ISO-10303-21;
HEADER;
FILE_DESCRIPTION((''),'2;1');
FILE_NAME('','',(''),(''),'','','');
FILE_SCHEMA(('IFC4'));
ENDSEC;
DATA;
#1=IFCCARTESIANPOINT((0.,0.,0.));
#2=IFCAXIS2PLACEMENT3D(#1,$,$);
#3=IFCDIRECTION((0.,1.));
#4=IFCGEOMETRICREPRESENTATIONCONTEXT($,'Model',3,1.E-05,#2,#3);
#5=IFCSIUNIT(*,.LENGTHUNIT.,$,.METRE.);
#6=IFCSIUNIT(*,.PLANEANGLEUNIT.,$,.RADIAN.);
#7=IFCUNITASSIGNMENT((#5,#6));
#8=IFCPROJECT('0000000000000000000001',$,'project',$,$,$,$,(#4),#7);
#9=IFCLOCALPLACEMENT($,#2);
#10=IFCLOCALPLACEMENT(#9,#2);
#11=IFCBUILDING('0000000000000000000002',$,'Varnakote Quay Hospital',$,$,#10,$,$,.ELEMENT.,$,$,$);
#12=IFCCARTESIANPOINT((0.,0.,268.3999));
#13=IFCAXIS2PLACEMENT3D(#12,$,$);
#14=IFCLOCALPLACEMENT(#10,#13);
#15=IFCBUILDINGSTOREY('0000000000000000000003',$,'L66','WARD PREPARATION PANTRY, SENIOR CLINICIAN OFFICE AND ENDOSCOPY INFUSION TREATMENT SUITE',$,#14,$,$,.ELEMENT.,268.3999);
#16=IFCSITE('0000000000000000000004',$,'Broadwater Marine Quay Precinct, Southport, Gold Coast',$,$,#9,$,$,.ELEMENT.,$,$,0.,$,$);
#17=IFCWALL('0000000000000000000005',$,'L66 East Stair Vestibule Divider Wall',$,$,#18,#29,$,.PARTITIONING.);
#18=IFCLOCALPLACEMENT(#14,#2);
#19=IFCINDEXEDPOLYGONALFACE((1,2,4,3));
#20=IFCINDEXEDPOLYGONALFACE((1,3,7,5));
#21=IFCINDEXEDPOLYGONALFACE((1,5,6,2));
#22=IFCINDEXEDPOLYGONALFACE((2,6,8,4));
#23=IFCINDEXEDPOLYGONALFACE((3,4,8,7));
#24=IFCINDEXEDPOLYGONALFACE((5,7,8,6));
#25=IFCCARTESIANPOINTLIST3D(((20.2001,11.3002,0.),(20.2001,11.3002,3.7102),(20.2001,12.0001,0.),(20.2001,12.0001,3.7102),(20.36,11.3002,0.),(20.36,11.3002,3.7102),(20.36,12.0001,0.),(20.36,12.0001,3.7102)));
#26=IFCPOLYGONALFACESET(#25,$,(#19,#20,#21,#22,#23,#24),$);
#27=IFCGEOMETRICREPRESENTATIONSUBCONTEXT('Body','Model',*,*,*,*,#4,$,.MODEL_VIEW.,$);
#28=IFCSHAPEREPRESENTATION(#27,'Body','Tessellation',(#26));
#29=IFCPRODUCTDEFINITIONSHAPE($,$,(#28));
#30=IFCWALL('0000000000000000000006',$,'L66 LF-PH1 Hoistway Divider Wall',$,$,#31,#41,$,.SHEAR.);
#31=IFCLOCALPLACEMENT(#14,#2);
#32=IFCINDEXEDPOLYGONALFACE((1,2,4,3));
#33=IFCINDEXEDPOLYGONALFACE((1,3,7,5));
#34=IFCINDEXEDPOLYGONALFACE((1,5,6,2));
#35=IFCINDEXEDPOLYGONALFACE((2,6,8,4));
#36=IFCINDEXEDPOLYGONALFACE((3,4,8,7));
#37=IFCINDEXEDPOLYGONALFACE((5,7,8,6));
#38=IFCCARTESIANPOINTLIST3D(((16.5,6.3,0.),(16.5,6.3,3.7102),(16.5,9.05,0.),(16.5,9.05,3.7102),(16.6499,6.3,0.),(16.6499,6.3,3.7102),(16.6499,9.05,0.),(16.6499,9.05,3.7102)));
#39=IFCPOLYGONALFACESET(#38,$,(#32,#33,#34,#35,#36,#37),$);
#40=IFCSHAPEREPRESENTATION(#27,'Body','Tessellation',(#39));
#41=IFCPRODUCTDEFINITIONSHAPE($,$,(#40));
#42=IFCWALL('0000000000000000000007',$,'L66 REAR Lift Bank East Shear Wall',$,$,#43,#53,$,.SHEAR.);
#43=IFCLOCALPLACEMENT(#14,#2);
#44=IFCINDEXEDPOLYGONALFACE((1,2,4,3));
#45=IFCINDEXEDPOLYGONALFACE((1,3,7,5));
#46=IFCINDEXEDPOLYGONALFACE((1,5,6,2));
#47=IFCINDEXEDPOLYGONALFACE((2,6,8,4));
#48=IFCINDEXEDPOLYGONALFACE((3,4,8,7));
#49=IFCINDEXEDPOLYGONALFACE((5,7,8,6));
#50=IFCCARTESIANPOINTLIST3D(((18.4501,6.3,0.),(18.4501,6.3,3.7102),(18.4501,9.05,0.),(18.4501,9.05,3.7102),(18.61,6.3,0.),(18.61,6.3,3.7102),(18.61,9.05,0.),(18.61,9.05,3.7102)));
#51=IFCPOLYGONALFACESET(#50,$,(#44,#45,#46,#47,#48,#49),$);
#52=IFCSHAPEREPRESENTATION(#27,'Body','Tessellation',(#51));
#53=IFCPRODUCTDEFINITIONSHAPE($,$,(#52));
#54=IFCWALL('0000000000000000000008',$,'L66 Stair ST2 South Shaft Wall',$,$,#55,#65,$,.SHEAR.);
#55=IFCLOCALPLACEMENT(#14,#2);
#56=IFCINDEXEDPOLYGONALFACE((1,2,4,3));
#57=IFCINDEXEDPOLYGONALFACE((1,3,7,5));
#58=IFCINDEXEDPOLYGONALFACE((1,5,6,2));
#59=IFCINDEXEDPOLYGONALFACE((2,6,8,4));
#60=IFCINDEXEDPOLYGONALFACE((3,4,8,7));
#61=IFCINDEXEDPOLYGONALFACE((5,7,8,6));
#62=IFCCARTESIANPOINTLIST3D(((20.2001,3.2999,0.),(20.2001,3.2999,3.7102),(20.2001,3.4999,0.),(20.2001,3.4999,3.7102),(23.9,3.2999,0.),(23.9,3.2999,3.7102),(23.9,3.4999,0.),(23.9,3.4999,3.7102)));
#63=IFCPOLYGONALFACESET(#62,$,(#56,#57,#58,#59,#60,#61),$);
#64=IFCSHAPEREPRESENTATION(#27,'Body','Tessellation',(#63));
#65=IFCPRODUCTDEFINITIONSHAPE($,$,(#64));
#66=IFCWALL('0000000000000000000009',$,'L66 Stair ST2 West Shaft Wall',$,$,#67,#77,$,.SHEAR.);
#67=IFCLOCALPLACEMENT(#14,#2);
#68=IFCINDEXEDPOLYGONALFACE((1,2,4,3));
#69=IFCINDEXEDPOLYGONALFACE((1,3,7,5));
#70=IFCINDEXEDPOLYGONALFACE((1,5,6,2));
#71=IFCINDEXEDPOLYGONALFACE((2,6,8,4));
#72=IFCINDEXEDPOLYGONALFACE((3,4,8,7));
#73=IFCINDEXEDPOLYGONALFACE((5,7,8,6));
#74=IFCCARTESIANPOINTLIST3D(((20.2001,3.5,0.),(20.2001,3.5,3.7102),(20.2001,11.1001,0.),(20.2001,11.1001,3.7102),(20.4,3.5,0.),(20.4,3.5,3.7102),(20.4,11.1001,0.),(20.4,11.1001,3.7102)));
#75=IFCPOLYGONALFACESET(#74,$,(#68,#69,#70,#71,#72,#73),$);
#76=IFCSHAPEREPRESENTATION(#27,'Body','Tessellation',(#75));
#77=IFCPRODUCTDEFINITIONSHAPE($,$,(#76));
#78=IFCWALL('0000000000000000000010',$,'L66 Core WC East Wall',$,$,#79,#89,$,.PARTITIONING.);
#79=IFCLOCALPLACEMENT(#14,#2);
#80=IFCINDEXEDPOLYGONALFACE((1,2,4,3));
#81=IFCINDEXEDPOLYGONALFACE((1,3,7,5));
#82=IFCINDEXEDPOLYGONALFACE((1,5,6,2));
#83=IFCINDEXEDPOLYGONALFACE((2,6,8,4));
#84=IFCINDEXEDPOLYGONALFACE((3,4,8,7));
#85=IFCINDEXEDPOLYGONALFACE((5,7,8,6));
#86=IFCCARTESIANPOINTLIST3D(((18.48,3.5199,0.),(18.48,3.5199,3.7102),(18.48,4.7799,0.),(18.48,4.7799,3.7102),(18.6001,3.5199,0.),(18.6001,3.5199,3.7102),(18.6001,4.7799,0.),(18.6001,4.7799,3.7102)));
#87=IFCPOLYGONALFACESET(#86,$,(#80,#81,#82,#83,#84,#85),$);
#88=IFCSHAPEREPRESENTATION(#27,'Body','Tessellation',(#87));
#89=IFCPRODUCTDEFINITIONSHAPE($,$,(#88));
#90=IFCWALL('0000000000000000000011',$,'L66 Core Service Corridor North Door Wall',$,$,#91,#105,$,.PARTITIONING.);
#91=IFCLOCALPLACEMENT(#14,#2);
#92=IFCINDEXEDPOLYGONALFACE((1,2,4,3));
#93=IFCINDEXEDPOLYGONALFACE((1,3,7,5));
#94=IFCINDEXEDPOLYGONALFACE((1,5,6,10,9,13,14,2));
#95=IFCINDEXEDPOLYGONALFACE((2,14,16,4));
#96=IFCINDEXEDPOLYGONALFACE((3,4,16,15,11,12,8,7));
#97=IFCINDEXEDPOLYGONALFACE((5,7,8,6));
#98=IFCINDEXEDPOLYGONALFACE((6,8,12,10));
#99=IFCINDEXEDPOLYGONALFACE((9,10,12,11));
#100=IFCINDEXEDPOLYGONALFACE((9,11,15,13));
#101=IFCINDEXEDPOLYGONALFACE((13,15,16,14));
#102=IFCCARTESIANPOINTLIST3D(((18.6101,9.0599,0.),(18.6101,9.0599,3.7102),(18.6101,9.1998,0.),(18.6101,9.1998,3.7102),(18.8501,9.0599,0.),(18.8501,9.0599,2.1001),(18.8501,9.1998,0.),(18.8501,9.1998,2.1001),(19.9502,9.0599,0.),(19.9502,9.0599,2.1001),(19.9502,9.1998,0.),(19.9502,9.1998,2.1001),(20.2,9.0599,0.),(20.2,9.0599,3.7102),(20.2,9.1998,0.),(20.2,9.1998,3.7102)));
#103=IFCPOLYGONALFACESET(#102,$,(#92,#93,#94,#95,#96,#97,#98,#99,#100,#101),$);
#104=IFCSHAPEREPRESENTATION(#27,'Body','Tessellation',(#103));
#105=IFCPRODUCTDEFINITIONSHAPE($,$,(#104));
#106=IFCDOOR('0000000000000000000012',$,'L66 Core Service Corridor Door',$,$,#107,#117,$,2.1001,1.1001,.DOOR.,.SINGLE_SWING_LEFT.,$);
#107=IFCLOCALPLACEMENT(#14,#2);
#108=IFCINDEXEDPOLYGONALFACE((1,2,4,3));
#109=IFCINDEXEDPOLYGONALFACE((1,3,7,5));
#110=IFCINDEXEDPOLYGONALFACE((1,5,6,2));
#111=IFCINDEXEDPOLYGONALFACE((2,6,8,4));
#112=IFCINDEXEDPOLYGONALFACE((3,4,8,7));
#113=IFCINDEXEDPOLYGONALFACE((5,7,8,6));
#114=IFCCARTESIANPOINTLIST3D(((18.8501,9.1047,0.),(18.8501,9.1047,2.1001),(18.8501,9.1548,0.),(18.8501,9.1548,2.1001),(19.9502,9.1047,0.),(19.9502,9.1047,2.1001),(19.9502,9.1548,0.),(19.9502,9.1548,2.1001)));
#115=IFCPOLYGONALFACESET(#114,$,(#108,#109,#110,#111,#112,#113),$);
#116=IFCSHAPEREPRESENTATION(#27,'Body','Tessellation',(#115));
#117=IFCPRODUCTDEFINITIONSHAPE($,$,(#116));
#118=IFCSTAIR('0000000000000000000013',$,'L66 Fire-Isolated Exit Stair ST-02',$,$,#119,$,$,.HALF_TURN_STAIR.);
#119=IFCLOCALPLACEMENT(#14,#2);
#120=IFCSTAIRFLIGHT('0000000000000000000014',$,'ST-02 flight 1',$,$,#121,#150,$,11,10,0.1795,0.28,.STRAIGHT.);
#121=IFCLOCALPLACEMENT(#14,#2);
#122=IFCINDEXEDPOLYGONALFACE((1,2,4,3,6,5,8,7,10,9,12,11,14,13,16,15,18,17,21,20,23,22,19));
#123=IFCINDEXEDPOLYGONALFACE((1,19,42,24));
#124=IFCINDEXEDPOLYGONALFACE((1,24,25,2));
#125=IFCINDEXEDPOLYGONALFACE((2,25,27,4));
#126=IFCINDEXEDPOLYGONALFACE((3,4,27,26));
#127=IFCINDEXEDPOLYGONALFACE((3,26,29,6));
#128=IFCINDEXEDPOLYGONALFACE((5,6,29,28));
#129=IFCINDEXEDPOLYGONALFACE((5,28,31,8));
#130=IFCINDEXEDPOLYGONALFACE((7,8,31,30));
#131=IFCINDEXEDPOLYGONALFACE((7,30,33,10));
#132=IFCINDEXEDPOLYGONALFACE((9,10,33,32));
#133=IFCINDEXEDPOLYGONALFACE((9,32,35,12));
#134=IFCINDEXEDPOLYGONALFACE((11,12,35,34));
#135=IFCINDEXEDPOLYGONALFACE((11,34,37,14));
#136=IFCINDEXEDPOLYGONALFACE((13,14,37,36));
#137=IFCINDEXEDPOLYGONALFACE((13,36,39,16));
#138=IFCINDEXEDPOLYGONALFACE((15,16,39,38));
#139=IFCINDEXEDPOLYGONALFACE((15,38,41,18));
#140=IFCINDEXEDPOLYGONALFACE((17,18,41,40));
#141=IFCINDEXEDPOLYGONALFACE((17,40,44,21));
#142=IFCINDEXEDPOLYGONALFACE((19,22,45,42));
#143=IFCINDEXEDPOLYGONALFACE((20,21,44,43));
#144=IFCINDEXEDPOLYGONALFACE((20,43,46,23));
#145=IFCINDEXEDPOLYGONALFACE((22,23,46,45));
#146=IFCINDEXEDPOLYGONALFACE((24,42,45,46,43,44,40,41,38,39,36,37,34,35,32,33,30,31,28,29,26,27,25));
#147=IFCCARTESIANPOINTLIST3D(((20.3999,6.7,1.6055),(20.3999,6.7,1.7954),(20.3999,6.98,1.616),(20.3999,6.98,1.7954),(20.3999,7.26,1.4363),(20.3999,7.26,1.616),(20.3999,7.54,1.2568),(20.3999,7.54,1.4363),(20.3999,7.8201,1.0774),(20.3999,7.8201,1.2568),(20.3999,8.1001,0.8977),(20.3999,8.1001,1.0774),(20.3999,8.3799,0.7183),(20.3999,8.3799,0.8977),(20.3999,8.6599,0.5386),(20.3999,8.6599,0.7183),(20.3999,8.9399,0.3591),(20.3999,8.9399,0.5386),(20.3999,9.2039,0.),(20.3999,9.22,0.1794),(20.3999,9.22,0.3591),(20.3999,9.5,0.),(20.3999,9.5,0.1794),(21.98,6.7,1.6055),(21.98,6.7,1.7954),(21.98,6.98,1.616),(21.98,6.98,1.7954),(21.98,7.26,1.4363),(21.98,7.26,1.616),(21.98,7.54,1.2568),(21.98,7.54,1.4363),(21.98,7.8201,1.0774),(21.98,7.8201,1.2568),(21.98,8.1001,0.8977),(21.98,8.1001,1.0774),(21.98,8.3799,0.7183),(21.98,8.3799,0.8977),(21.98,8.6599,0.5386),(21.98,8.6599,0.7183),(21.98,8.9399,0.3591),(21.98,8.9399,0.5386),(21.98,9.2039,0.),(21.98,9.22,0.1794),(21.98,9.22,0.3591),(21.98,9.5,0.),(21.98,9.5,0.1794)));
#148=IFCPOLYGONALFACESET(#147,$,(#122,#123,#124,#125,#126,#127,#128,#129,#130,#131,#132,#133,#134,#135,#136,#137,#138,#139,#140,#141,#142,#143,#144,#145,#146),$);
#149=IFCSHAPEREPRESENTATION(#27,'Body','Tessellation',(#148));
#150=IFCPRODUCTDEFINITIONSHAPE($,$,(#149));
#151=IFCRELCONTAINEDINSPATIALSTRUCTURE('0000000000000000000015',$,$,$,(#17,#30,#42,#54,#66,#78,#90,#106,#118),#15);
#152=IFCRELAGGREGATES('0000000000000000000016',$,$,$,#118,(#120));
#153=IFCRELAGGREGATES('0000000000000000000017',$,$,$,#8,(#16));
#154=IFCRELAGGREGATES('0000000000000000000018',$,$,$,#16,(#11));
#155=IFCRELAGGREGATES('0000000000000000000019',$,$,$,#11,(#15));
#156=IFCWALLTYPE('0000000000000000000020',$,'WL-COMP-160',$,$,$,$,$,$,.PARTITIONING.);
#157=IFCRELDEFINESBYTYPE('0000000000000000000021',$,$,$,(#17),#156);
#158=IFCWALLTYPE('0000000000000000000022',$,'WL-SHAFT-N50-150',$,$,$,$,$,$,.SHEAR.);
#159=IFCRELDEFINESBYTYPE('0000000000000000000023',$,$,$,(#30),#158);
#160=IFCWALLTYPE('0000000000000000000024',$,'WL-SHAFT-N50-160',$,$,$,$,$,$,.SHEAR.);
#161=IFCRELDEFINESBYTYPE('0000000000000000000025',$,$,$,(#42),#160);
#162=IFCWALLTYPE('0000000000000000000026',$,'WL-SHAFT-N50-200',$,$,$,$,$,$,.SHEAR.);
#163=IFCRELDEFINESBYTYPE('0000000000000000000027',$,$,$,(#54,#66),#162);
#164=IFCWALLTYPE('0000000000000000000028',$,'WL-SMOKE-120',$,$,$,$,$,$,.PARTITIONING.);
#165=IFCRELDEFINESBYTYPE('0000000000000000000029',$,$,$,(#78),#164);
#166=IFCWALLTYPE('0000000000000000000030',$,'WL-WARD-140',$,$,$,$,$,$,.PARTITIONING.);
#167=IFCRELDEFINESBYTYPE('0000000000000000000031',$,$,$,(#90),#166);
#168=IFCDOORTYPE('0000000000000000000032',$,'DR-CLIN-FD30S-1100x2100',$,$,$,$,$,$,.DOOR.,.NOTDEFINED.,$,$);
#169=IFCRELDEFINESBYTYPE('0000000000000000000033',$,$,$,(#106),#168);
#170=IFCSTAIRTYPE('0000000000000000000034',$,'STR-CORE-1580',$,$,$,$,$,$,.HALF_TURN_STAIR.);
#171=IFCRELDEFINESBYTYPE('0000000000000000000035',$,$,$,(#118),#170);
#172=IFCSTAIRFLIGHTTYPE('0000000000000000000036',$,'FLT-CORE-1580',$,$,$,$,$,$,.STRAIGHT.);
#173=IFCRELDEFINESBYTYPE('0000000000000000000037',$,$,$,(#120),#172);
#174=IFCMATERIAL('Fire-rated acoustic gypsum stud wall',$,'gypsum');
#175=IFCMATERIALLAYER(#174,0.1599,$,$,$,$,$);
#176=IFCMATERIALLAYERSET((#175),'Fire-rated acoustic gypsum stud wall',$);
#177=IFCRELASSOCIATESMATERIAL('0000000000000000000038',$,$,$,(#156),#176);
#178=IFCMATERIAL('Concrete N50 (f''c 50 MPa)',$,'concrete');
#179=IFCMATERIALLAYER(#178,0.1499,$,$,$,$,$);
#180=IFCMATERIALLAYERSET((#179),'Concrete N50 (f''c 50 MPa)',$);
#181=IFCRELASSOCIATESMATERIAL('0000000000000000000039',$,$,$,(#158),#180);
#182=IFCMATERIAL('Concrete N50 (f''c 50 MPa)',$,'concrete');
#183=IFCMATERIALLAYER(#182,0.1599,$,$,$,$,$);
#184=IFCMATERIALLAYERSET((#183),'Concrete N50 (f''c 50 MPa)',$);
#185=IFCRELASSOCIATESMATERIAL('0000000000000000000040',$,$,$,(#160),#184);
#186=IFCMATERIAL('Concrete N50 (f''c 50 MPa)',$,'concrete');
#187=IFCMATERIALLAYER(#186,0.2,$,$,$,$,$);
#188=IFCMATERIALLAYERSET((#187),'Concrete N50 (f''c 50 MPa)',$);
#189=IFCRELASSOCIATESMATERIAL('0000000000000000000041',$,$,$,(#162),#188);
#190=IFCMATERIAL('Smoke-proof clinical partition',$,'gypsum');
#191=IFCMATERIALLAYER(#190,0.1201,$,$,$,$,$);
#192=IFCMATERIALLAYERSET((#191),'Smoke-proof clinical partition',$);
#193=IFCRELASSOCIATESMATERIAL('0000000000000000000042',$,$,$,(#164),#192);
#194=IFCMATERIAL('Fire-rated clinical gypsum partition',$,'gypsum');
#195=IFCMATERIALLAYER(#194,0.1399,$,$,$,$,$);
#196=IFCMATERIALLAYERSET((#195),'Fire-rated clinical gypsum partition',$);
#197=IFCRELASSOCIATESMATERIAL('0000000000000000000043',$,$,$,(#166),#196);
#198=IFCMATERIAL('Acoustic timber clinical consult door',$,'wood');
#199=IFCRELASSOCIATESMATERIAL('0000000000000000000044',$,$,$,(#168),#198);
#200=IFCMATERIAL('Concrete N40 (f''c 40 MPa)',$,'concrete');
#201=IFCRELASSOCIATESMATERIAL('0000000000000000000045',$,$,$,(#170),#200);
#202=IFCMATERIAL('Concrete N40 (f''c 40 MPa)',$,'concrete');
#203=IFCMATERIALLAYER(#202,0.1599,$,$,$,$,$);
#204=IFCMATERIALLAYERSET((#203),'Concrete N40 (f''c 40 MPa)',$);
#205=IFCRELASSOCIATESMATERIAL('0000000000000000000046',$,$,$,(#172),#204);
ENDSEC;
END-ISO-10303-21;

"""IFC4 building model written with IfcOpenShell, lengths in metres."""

from ifc_helpers import new_model, si_unit, direction, frame, frame_2d, origin, place, context, subcontext, project, spatial, polyline, rectangle, outline, extrude, material, layer, layer_set, type_object, element, fill, aggregate, save


model = new_model("IFC4")

# Units and contexts
model_context = context("Model", 3, precision=1e-05, world=origin(), true_north=direction((0.0, 1.0)))
body_context = subcontext(model_context, "Body", "Model", "MODEL_VIEW")
ifc_project = project(units=[si_unit("LENGTHUNIT", "METRE"), si_unit("PLANEANGLEUNIT", "RADIAN")], contexts=[model_context])

# Site, building, storey
site_placement = place(None, origin())
site = spatial("IfcSite", under=ifc_project, at=site_placement, Name="Broadwater Marine Quay Precinct, Southport, Gold Coast", CompositionType="ELEMENT", RefElevation=0.0)
building_placement = place(site_placement, origin())
building = spatial("IfcBuilding", under=site, at=building_placement, Name="Varnakote Quay Hospital", CompositionType="ELEMENT")
storey_placement = place(building_placement, frame((0.0, 0.0, 268.3999)))
storey = spatial("IfcBuildingStorey", under=building, at=storey_placement, Name="L66", Description="WARD PREPARATION PANTRY, SENIOR CLINICIAN OFFICE AND ENDOSCOPY INFUSION TREATMENT SUITE", CompositionType="ELEMENT", Elevation=268.3999)

# Walls
ifc_material_1 = material(Name="Fire-rated acoustic gypsum stud wall", Category="gypsum")
ifc_layer_1 = layer(ifc_material_1, 0.1599)
ifc_layer_set_1 = layer_set([ifc_layer_1], Name="Fire-rated acoustic gypsum stud wall")
wall_type_1 = type_object("IfcWallType", Name="WL-COMP-160", PredefinedType="PARTITIONING", material=ifc_layer_set_1)
wall_1_placement = place(storey_placement, frame((20.28, 11.3, 0.0), z_axis=(0.0, 0.0, 1.0), x_axis=(0.0, 1.0, 0.0)))
element("IfcWall", 1, at=wall_1_placement, inside=storey, type_object=wall_type_1, Name="L66 East Stair Vestibule Divider Wall", PredefinedType="PARTITIONING", context=body_context, shape_type="SweptSolid", body=[
    extrude(rectangle(XDim=0.7, YDim=0.1599, at=frame_2d((0.3501, 0.0))), origin(), (0.0, 0.0, 1.0), 3.7102),
])
ifc_material_2 = material(Name="Concrete N50 (f'c 50 MPa)", Category="concrete")
ifc_layer_2 = layer(ifc_material_2, 0.1499)
ifc_layer_set_2 = layer_set([ifc_layer_2], Name="Concrete N50 (f'c 50 MPa)")
wall_type_2 = type_object("IfcWallType", Name="WL-SHAFT-N50-150", PredefinedType="SHEAR", material=ifc_layer_set_2)
wall_2_placement = place(storey_placement, frame((16.575, 6.3, 0.0), z_axis=(0.0, 0.0, 1.0), x_axis=(0.0, 1.0, 0.0)))
element("IfcWall", 2, at=wall_2_placement, inside=storey, type_object=wall_type_2, Name="L66 LF-PH1 Hoistway Divider Wall", PredefinedType="SHEAR", context=body_context, shape_type="SweptSolid", body=[
    extrude(rectangle(XDim=2.75, YDim=0.1499, at=frame_2d((1.375, 0.0))), origin(), (0.0, 0.0, 1.0), 3.7102),
])
ifc_material_3 = material(Name="Concrete N50 (f'c 50 MPa)", Category="concrete")
ifc_layer_3 = layer(ifc_material_3, 0.1599)
ifc_layer_set_3 = layer_set([ifc_layer_3], Name="Concrete N50 (f'c 50 MPa)")
wall_type_3 = type_object("IfcWallType", Name="WL-SHAFT-N50-160", PredefinedType="SHEAR", material=ifc_layer_set_3)
wall_3_placement = place(storey_placement, frame((18.53, 6.3, 0.0), z_axis=(0.0, 0.0, 1.0), x_axis=(0.0, 1.0, 0.0)))
element("IfcWall", 3, at=wall_3_placement, inside=storey, type_object=wall_type_3, Name="L66 REAR Lift Bank East Shear Wall", PredefinedType="SHEAR", context=body_context, shape_type="SweptSolid", body=[
    extrude(rectangle(XDim=2.75, YDim=0.1599, at=frame_2d((1.375, 0.0))), origin(), (0.0, 0.0, 1.0), 3.7102),
])

# Walls
ifc_material_4 = material(Name="Concrete N50 (f'c 50 MPa)", Category="concrete")
ifc_layer_4 = layer(ifc_material_4, 0.2)
ifc_layer_set_4 = layer_set([ifc_layer_4], Name="Concrete N50 (f'c 50 MPa)")
wall_type_4 = type_object("IfcWallType", Name="WL-SHAFT-N50-200", PredefinedType="SHEAR", material=ifc_layer_set_4)
wall_4_placement = place(storey_placement, frame((20.2, 3.3999, 0.0), z_axis=(0.0, 0.0, 1.0), x_axis=(1.0, 0.0, 0.0)))
element("IfcWall", 4, at=wall_4_placement, inside=storey, type_object=wall_type_4, Name="L66 Stair ST2 South Shaft Wall", PredefinedType="SHEAR", context=body_context, shape_type="SweptSolid", body=[
    extrude(rectangle(XDim=3.7, YDim=0.2, at=frame_2d((1.8501, 0.0))), origin(), (0.0, 0.0, 1.0), 3.7102),
])
wall_5_placement = place(storey_placement, frame((20.3, 3.5, 0.0), z_axis=(0.0, 0.0, 1.0), x_axis=(0.0, 1.0, 0.0)))
element("IfcWall", 5, at=wall_5_placement, inside=storey, type_object=wall_type_4, Name="L66 Stair ST2 West Shaft Wall", PredefinedType="SHEAR", context=body_context, shape_type="SweptSolid", body=[
    extrude(rectangle(XDim=7.6001, YDim=0.2, at=frame_2d((3.8, 0.0))), origin(), (0.0, 0.0, 1.0), 3.7102),
])

# Wall
ifc_material_5 = material(Name="Smoke-proof clinical partition", Category="gypsum")
ifc_layer_5 = layer(ifc_material_5, 0.1201)
ifc_layer_set_5 = layer_set([ifc_layer_5], Name="Smoke-proof clinical partition")
wall_type_5 = type_object("IfcWallType", Name="WL-SMOKE-120", PredefinedType="PARTITIONING", material=ifc_layer_set_5)
wall_6_placement = place(storey_placement, frame((18.54, 3.52, 0.0), z_axis=(0.0, 0.0, 1.0), x_axis=(0.0, 1.0, 0.0)))
element("IfcWall", 6, at=wall_6_placement, inside=storey, type_object=wall_type_5, Name="L66 Core WC East Wall", PredefinedType="PARTITIONING", context=body_context, shape_type="SweptSolid", body=[
    extrude(rectangle(XDim=1.26, YDim=0.1201, at=frame_2d((0.6299, 0.0))), origin(), (0.0, 0.0, 1.0), 3.7102),
])

# Wall, opening, door
ifc_material_6 = material(Name="Fire-rated clinical gypsum partition", Category="gypsum")
ifc_layer_6 = layer(ifc_material_6, 0.1399)
ifc_layer_set_6 = layer_set([ifc_layer_6], Name="Fire-rated clinical gypsum partition")
wall_type_6 = type_object("IfcWallType", Name="WL-WARD-140", PredefinedType="PARTITIONING", material=ifc_layer_set_6)
wall_7_placement = place(storey_placement, frame((18.6101, 9.1299, 0.0), z_axis=(0.0, 0.0, 1.0), x_axis=(1.0, 0.0, 0.0)))
wall_7 = element("IfcWall", 7, at=wall_7_placement, inside=storey, type_object=wall_type_6, Name="L66 Core Service Corridor North Door Wall", PredefinedType="PARTITIONING", context=body_context, shape_type="SweptSolid", body=[
    extrude(rectangle(XDim=1.5898, YDim=0.1399, at=frame_2d((0.7949, 0.0))), origin(), (0.0, 0.0, 1.0), 3.7102),
])
opening_1_placement = place(wall_7_placement, frame((0.24, 0.0, 0.0)))
opening_1 = element("IfcOpeningElement", 8, at=opening_1_placement, cuts=wall_7, PredefinedType="OPENING", context=body_context, shape_type="SweptSolid", body=[
    extrude(rectangle(XDim=1.1001, YDim=2.1001, at=frame_2d((0.55, 1.05))), frame((0.0, 0.0798, 0.0), z_axis=(0.0, -1.0, 0.0), x_axis=(1.0, 0.0, 0.0)), (0.0, 0.0, 1.0), 0.1599),
])
ifc_material_7 = material(Name="Acoustic timber clinical consult door", Category="wood")
door_type_1 = type_object("IfcDoorType", Name="DR-CLIN-FD30S-1100x2100", OperationType="NOTDEFINED", PredefinedType="DOOR", material=ifc_material_7)
door_1_placement = place(opening_1_placement, origin())
door_1 = element("IfcDoor", 9, at=door_1_placement, inside=storey, type_object=door_type_1, Name="L66 Core Service Corridor Door", OperationType="SINGLE_SWING_LEFT", OverallHeight=2.1001, OverallWidth=1.1001, PredefinedType="DOOR", context=body_context, shape_type="SweptSolid", body=[
    extrude(rectangle(XDim=1.1001, YDim=2.1001, at=frame_2d((0.55, 1.05))), frame((0.0, 0.0249, 0.0), z_axis=(0.0, -1.0, 0.0), x_axis=(1.0, 0.0, 0.0)), (0.0, 0.0, 1.0), 0.05),
])
fill(opening_1, door_1)

# Stair, stair flight
ifc_material_8 = material(Name="Concrete N40 (f'c 40 MPa)", Category="concrete")
stair_type = type_object("IfcStairType", Name="STR-CORE-1580", PredefinedType="HALF_TURN_STAIR", material=ifc_material_8)
stair_placement = place(storey_placement, origin())
stair = element("IfcStair", 10, at=stair_placement, inside=storey, type_object=stair_type, Name="L66 Fire-Isolated Exit Stair ST-02", PredefinedType="HALF_TURN_STAIR")
ifc_material_9 = material(Name="Concrete N40 (f'c 40 MPa)", Category="concrete")
ifc_layer_7 = layer(ifc_material_9, 0.1599)
ifc_layer_set_7 = layer_set([ifc_layer_7], Name="Concrete N40 (f'c 40 MPa)")
stair_flight_type = type_object("IfcStairFlightType", Name="FLT-CORE-1580", PredefinedType="STRAIGHT", material=ifc_layer_set_7)
stair_flight_1_placement = place(storey_placement, frame((21.1899, 9.5, 0.0), z_axis=(0.0, 0.0, 1.0), x_axis=(0.0, -1.0, 0.0)))
stair_flight_1 = element("IfcStairFlight", 11, at=stair_flight_1_placement, type_object=stair_flight_type, Name="ST-02 flight 1", NumberOfRisers=11, NumberOfTreads=10, PredefinedType="STRAIGHT", RiserHeight=0.1795, TreadLength=0.28, context=body_context, shape_type="SweptSolid", body=[
    extrude(outline(polyline([(0.0, 0.0), (0.0, 0.1794), (0.28, 0.1794), (0.28, 0.3591), (0.5601, 0.3591), (0.5601, 0.5386), (0.8401, 0.5386), (0.8401, 0.7183), (1.1201, 0.7183), (1.1201, 0.8977), (1.3999, 0.8977), (1.3999, 1.0774), (1.6799, 1.0774), (1.6799, 1.2568), (1.96, 1.2568), (1.96, 1.4363), (2.24, 1.4363), (2.24, 1.616), (2.52, 1.616), (2.52, 1.7954), (2.8, 1.7954), (2.8, 1.9751), (2.8, 1.6055), (0.2961, 0.0), (0.0, 0.0)])), frame((0.0, 0.79, 0.0), z_axis=(0.0, -1.0, 0.0), x_axis=(1.0, 0.0, 0.0)), (0.0, 0.0, 1.0), 1.5801),
])
aggregate(stair, [stair_flight_1])

save(model, "model.ifc")
